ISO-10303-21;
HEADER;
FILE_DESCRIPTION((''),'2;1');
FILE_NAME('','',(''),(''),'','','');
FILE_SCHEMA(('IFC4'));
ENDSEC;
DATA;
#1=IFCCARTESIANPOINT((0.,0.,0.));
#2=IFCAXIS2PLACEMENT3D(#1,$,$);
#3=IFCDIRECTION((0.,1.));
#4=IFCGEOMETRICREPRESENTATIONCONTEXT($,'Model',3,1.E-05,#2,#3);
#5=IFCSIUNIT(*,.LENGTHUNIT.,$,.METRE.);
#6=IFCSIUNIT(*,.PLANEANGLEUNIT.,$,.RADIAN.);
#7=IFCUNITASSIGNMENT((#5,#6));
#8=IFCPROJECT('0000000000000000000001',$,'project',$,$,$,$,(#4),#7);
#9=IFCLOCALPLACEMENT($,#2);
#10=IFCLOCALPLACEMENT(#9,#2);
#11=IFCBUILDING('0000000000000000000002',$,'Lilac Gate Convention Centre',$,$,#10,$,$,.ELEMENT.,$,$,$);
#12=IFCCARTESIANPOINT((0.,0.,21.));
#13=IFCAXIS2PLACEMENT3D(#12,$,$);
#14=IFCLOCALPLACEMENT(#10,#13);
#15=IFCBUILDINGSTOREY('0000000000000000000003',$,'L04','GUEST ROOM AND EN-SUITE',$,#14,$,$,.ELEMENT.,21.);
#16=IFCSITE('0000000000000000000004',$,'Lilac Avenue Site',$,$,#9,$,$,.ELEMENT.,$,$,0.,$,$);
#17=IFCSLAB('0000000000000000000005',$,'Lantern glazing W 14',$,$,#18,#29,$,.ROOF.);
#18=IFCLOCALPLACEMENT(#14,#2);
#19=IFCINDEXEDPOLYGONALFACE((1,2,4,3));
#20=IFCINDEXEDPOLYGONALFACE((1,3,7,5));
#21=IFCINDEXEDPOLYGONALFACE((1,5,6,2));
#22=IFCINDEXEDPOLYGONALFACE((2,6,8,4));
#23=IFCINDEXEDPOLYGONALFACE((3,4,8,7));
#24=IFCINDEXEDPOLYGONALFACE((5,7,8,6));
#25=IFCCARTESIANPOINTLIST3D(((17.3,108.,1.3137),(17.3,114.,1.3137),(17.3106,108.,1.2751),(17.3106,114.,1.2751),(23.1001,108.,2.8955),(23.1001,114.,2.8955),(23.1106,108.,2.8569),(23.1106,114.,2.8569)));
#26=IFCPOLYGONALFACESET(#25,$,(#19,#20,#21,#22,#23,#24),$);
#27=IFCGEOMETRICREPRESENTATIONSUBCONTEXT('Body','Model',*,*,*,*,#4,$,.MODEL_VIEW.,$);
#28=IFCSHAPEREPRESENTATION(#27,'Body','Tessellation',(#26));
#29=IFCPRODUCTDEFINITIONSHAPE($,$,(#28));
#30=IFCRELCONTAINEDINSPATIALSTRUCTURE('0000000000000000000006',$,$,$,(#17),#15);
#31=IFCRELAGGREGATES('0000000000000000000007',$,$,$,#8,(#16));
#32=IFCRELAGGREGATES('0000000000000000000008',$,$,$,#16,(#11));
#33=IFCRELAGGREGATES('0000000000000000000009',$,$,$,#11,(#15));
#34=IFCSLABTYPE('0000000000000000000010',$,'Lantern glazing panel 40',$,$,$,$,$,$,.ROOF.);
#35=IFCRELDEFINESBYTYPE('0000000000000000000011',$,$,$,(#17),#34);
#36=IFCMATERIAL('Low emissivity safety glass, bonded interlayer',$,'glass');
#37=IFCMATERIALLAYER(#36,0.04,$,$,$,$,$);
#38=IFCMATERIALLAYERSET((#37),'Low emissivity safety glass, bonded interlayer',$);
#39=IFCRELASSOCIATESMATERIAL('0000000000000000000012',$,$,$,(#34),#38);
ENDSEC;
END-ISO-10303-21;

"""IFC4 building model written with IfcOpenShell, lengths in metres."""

from ifc_helpers import new_model, si_unit, direction, frame, origin, place, context, subcontext, project, spatial, polyline, outline, extrude, material, layer, layer_set, type_object, element, save


model = new_model("IFC4")

# Units and contexts
model_context = context("Model", 3, precision=1e-05, world=origin(), true_north=direction((0.0, 1.0)))
body_context = subcontext(model_context, "Body", "Model", "MODEL_VIEW")
ifc_project = project(units=[si_unit("LENGTHUNIT", "METRE"), si_unit("PLANEANGLEUNIT", "RADIAN")], contexts=[model_context])

# Site, building, storey
site_placement = place(None, origin())
site = spatial("IfcSite", under=ifc_project, at=site_placement, Name="Lilac Avenue Site", CompositionType="ELEMENT", RefElevation=0.0)
building_placement = place(site_placement, origin())
building = spatial("IfcBuilding", under=site, at=building_placement, Name="Lilac Gate Convention Centre", CompositionType="ELEMENT")
storey_placement = place(building_placement, frame((0.0, 0.0, 21.0)))
storey = spatial("IfcBuildingStorey", under=building, at=storey_placement, Name="L04", Description="GUEST ROOM AND EN-SUITE", CompositionType="ELEMENT", Elevation=21.0)

# Slab
ifc_material_1 = material(Name="Low emissivity safety glass, bonded interlayer", Category="glass")
ifc_layer_1 = layer(ifc_material_1, 0.04)
ifc_layer_set_1 = layer_set([ifc_layer_1], Name="Low emissivity safety glass, bonded interlayer")
slab_type = type_object("IfcSlabType", Name="Lantern glazing panel 40", PredefinedType="ROOF", material=ifc_layer_set_1)
slab_placement = place(storey_placement, frame((17.3, 108.0, 1.3137), z_axis=(-0.263111, 0.0, 0.964766), x_axis=(0.964766, 0.0, 0.263111)))
element("IfcSlab", 1, at=slab_placement, inside=storey, type_object=slab_type, Name="Lantern glazing W 14", PredefinedType="ROOF", context=body_context, shape_type="SweptSolid", body=[
    extrude(outline(polyline([(0.0, 0.0), (6.0119, 0.0), (6.0119, 6.0), (0.0, 6.0), (0.0, 0.0)])), origin(), (0.0, 0.0, -1.0), 0.04),
])

save(model, "model.ifc")
